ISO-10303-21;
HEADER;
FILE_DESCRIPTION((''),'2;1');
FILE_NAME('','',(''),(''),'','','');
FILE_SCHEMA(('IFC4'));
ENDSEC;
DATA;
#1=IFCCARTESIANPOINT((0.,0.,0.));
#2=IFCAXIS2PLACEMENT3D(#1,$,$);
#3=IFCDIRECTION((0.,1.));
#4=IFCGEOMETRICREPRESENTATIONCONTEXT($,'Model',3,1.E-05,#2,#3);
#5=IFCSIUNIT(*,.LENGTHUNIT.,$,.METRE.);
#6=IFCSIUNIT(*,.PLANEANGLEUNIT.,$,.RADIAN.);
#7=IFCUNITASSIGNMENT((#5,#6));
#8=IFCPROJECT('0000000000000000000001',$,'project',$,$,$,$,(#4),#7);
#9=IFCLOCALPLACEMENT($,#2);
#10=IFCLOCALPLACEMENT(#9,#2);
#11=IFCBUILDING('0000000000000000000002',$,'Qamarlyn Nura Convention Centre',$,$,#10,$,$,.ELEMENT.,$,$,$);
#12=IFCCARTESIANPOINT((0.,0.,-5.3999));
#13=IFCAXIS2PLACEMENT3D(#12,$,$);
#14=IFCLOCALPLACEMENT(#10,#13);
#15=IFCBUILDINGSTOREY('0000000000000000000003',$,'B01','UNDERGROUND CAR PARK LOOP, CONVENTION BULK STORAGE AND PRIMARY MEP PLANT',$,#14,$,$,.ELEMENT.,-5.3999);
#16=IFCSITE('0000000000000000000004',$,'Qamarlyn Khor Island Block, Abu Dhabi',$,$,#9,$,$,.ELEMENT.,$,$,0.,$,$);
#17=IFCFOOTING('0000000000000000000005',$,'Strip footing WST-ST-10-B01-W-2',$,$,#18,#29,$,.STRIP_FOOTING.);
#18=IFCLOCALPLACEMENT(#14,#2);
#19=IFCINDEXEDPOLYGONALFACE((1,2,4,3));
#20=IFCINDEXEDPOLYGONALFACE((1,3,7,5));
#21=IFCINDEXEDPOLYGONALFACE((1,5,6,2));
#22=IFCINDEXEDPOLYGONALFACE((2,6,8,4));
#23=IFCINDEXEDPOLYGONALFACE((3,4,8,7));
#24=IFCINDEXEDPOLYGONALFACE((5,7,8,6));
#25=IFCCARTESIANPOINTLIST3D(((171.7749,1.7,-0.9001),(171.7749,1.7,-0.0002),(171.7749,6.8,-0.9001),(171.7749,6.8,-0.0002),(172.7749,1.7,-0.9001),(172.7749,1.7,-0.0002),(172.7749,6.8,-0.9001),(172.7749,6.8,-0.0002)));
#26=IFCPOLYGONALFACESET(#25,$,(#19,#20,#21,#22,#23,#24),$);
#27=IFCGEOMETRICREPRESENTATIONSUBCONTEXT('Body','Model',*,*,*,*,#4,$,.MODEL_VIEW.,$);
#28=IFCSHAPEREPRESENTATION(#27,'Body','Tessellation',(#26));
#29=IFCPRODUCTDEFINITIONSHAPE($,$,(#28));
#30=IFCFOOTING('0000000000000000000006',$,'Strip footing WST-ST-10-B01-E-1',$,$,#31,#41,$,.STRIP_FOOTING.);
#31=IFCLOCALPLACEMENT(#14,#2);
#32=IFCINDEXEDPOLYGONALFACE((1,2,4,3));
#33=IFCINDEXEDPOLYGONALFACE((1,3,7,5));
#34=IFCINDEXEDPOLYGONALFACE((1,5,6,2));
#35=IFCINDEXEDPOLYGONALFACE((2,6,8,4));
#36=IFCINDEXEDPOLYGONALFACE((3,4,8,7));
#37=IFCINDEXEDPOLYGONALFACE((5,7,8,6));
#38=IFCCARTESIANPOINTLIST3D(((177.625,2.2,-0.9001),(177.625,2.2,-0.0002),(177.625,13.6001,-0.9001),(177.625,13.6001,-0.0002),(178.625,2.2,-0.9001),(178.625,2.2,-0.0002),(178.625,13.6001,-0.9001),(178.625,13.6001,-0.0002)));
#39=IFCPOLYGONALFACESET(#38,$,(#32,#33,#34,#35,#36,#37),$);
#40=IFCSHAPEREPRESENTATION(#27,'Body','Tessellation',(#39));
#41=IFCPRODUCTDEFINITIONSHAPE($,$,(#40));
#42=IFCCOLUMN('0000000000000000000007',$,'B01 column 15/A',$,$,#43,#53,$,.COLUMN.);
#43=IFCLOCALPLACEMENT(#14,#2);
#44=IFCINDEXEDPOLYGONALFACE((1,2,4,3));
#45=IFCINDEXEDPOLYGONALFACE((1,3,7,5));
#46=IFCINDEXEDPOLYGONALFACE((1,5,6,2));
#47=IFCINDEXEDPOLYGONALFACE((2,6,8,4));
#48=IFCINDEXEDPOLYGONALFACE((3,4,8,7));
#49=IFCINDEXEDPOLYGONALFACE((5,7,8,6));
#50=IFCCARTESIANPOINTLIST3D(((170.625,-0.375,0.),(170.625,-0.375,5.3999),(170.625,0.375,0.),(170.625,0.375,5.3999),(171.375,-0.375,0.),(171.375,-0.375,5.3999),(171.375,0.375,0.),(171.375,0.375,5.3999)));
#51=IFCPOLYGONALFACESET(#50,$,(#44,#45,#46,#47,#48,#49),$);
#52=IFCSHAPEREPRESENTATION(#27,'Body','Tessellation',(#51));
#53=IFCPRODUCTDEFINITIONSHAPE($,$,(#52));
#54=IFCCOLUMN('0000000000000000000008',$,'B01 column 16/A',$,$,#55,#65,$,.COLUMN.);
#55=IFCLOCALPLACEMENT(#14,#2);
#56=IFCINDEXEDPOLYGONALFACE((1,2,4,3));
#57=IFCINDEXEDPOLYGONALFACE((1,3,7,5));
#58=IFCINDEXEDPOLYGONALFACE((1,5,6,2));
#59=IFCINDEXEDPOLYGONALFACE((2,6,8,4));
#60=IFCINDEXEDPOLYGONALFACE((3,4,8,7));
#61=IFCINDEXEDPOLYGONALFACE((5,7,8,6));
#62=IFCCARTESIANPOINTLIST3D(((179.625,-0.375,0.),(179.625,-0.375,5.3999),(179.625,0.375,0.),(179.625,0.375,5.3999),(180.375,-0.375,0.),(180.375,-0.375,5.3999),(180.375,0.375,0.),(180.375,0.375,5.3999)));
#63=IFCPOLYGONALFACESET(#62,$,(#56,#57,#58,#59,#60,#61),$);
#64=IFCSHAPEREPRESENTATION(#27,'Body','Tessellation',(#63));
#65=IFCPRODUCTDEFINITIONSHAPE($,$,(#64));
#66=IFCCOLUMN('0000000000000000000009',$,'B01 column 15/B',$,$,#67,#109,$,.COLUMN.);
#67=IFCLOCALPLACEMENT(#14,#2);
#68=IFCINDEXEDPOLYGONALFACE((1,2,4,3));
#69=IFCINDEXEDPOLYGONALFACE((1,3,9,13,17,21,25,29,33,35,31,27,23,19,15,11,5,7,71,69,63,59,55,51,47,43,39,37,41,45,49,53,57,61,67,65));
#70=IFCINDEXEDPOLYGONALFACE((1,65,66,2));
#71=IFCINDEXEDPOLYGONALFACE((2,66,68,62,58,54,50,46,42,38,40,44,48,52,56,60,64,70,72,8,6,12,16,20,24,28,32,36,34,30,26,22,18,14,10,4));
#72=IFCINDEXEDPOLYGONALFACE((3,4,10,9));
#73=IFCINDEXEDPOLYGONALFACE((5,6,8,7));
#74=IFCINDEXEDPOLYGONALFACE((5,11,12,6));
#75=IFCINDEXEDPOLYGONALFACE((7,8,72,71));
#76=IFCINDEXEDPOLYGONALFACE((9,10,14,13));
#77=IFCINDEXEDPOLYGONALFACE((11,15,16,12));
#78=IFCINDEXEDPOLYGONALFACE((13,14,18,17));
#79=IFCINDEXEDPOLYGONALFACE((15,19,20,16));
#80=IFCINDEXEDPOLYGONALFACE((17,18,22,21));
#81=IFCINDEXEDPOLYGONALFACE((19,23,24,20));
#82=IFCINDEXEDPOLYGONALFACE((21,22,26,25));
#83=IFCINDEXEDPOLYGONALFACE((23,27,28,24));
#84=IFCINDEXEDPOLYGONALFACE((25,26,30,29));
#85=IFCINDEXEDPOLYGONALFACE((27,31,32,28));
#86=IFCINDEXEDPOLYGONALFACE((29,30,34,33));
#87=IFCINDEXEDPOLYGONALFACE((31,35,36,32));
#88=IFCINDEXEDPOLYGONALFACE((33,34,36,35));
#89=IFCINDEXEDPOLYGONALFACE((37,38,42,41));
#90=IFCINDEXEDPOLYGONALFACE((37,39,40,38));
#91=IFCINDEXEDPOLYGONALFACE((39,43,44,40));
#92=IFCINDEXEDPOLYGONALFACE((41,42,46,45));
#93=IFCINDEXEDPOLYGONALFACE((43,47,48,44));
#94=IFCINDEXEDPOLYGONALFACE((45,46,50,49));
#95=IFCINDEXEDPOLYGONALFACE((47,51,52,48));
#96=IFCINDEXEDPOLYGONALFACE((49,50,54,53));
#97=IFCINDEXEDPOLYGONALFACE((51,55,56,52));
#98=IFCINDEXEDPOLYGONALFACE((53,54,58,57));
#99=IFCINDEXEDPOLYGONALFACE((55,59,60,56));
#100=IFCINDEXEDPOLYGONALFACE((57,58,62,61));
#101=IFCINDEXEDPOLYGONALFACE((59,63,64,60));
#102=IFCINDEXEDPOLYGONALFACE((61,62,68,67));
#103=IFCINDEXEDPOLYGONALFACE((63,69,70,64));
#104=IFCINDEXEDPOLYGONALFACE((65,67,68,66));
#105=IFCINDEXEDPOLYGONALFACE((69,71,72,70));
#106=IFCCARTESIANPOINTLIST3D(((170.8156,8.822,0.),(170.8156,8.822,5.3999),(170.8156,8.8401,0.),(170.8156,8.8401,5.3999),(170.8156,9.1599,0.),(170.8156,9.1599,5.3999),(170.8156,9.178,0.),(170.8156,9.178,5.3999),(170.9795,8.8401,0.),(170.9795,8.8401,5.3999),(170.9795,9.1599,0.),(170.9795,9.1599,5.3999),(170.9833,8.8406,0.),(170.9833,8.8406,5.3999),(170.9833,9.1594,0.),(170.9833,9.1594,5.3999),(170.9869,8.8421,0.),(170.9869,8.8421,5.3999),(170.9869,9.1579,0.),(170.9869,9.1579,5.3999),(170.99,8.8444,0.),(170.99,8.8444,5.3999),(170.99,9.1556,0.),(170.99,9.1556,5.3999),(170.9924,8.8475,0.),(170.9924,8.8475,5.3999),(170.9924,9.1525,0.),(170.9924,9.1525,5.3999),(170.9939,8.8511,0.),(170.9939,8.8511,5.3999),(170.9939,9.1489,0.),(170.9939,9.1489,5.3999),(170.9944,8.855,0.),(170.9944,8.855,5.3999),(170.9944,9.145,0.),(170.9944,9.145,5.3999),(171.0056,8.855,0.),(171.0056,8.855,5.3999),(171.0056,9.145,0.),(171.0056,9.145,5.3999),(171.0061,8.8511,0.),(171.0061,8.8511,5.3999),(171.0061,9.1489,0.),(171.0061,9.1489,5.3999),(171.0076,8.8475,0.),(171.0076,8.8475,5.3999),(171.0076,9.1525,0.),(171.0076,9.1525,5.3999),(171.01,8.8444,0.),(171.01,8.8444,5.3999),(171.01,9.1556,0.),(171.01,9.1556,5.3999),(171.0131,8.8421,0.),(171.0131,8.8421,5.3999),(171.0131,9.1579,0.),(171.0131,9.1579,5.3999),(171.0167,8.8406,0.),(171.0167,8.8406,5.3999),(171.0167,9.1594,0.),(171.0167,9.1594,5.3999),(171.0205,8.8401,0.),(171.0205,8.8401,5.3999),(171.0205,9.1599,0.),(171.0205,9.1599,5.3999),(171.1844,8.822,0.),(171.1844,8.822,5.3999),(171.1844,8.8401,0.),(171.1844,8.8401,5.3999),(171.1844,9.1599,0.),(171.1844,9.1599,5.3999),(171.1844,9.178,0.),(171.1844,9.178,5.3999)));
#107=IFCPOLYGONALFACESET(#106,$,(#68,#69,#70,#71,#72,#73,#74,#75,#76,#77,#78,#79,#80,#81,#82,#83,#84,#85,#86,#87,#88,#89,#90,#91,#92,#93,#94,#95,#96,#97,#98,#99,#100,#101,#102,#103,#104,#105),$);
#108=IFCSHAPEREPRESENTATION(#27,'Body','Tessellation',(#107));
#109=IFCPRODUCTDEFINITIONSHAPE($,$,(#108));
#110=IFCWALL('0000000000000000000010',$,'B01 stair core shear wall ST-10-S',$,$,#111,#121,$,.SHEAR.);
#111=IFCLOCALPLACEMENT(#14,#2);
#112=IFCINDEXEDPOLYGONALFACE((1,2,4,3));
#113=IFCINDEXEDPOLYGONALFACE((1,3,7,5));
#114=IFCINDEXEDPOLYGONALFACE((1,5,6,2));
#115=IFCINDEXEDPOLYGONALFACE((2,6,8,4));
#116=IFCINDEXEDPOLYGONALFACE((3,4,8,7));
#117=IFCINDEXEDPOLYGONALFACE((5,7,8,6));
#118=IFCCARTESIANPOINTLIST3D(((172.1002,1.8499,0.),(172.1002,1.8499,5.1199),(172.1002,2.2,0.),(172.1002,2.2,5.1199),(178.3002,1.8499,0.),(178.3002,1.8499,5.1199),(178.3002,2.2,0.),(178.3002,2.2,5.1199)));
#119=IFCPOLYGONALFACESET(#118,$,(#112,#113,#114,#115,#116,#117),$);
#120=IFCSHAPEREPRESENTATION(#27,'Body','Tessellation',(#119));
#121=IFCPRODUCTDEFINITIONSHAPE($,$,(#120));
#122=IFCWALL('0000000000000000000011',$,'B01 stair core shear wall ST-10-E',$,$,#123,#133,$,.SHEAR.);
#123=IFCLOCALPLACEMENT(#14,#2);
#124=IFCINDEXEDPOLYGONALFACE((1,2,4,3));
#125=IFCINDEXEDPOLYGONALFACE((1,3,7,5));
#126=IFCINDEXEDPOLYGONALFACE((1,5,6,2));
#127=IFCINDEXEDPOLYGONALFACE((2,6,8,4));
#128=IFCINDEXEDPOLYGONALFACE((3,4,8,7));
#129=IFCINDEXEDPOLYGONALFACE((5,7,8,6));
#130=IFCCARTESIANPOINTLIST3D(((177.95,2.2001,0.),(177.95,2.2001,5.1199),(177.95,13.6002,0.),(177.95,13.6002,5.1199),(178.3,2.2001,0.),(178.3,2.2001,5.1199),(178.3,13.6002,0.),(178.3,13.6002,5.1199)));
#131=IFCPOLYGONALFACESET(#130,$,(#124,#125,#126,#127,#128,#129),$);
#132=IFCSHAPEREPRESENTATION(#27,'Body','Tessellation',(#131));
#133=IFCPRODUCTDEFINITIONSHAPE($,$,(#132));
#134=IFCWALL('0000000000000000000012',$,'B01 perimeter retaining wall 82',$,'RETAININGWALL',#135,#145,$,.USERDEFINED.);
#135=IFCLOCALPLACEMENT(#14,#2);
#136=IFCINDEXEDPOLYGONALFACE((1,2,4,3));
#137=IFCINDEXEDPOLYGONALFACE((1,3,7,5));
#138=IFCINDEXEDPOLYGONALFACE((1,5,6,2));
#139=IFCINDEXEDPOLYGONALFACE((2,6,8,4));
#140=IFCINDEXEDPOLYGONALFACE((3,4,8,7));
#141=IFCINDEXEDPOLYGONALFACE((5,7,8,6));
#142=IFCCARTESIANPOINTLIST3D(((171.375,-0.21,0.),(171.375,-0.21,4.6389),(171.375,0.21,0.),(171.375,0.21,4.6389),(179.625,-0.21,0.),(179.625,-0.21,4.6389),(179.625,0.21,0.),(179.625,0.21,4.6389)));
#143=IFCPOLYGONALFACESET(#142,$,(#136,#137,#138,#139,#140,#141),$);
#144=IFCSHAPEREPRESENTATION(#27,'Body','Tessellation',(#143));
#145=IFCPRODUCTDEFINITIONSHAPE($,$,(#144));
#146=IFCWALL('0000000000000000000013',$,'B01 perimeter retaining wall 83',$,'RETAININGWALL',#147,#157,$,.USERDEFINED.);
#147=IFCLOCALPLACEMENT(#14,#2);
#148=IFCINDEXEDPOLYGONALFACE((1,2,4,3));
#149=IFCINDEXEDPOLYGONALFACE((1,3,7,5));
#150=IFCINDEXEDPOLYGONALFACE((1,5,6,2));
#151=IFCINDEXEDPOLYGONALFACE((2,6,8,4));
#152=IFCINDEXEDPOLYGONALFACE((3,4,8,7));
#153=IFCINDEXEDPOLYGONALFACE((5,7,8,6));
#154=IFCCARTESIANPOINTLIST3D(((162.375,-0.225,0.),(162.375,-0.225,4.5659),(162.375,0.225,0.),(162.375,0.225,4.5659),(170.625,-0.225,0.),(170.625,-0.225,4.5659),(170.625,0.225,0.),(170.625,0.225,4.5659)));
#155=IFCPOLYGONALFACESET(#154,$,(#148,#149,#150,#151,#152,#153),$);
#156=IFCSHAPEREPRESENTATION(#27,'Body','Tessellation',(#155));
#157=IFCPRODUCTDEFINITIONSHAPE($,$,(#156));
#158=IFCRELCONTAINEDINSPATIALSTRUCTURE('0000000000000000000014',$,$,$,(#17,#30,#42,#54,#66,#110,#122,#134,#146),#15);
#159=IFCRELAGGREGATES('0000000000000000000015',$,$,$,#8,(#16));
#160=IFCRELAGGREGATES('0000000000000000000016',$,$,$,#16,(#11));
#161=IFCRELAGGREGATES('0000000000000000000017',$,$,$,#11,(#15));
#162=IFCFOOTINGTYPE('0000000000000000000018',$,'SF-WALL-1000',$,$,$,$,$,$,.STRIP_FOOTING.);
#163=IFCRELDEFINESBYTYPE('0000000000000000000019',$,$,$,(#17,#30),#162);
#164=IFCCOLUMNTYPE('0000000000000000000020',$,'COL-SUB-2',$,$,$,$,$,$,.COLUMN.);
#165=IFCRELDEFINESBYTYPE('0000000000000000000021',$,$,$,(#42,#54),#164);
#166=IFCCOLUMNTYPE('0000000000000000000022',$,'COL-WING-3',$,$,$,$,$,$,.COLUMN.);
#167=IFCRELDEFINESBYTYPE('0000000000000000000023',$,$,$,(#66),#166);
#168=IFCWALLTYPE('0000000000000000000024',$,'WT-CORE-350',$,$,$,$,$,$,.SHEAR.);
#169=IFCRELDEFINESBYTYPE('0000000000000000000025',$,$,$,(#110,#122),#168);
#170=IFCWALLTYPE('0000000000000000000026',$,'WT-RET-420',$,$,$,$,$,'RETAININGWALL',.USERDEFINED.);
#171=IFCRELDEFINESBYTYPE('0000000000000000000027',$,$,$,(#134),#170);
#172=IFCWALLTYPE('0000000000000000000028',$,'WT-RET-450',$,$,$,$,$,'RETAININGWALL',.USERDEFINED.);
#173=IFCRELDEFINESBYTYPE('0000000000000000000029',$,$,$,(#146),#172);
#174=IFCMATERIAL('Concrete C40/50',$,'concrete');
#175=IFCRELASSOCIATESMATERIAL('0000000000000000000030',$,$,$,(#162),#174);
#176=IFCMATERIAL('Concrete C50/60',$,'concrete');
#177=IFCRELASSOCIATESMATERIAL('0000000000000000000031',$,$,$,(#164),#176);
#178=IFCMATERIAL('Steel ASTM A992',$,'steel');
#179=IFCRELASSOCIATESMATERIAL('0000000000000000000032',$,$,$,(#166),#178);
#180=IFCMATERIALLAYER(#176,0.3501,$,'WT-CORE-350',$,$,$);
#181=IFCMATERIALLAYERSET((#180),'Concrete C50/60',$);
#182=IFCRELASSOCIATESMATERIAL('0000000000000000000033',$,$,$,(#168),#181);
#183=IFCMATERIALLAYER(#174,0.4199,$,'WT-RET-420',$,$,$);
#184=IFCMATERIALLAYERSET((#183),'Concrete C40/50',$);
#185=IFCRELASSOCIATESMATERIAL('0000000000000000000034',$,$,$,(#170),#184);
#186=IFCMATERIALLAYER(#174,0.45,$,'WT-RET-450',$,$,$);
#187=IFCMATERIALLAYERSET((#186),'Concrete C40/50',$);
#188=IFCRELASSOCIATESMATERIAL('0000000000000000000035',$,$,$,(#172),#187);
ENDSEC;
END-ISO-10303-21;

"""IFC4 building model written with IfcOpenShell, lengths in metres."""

from ifc_helpers import new_model, si_unit, direction, frame, frame_2d, origin, origin_2d, place, context, subcontext, project, spatial, rectangle, i_section, extrude, material, layer, layer_set, material_profile, profile_set, type_object, element, save


model = new_model("IFC4")

# Units and contexts
model_context = context("Model", 3, precision=1e-05, world=origin(), true_north=direction((0.0, 1.0)))
body_context = subcontext(model_context, "Body", "Model", "MODEL_VIEW")
ifc_project = project(units=[si_unit("LENGTHUNIT", "METRE"), si_unit("PLANEANGLEUNIT", "RADIAN")], contexts=[model_context])

# Site, building, storey
site_placement = place(None, origin())
site = spatial("IfcSite", under=ifc_project, at=site_placement, Name="Qamarlyn Khor Island Block, Abu Dhabi", CompositionType="ELEMENT", RefElevation=0.0)
building_placement = place(site_placement, origin())
building = spatial("IfcBuilding", under=site, at=building_placement, Name="Qamarlyn Nura Convention Centre", CompositionType="ELEMENT")
storey_placement = place(building_placement, frame((0.0, 0.0, -5.3999)))
storey = spatial("IfcBuildingStorey", under=building, at=storey_placement, Name="B01", Description="UNDERGROUND CAR PARK LOOP, CONVENTION BULK STORAGE AND PRIMARY MEP PLANT", CompositionType="ELEMENT", Elevation=-5.3999)

# Shared definitions
ifc_material_1 = material(Name="Concrete C40/50", Category="concrete")

# Footings
ifc_material_profile_1 = material_profile(ifc_material_1, rectangle(XDim=1.0, YDim=0.8999, at=origin_2d()), Name="RC STRIP 1000x900")
ifc_profile_set_1 = profile_set([ifc_material_profile_1], Name="Concrete C40/50")
footing_type_1 = type_object("IfcFootingType", Name="SF-WALL-1000", PredefinedType="STRIP_FOOTING", material=ifc_profile_set_1)
footing_1_placement = place(storey_placement, frame((172.2749, 6.8, -0.4502), z_axis=(0.0, -1.0, 0.0), x_axis=(1.0, 0.0, 0.0)))
element("IfcFooting", 1, at=footing_1_placement, inside=storey, type_object=footing_type_1, Name="Strip footing WST-ST-10-B01-W-2", PredefinedType="STRIP_FOOTING", context=body_context, shape_type="SweptSolid", body=[
    extrude(rectangle(XDim=1.0, YDim=0.8999, at=origin_2d()), origin(), (0.0, 0.0, 1.0), 5.1001),
])
footing_2_placement = place(storey_placement, frame((178.125, 2.2, -0.4502), z_axis=(0.0, 1.0, 0.0), x_axis=(-1.0, 0.0, 0.0)))
element("IfcFooting", 2, at=footing_2_placement, inside=storey, type_object=footing_type_1, Name="Strip footing WST-ST-10-B01-E-1", PredefinedType="STRIP_FOOTING", context=body_context, shape_type="SweptSolid", body=[
    extrude(rectangle(XDim=1.0, YDim=0.8999, at=origin_2d()), origin(), (0.0, 0.0, 1.0), 11.4001),
])

# Columns
ifc_material_2 = material(Name="Concrete C50/60", Category="concrete")
ifc_material_profile_2 = material_profile(ifc_material_2, rectangle(XDim=0.75, YDim=0.75, at=origin_2d()), Name="RC 750x750")
ifc_profile_set_2 = profile_set([ifc_material_profile_2], Name="Concrete C50/60")
column_type_1 = type_object("IfcColumnType", Name="COL-SUB-2", PredefinedType="COLUMN", material=ifc_profile_set_2)
for number, where, z_axis, x_axis, name in (
    (3, (171.0, 0.0, 0.0), (0.0, 0.0, 1.0), (1.0, 0.0, 0.0), "B01 column 15/A"),
    (4, (180.0, 0.0, 0.0), (0.0, 0.0, 1.0), (1.0, 0.0, 0.0), "B01 column 16/A"),
):
    element("IfcColumn", number, at=place(storey_placement, frame(where, z_axis=z_axis, x_axis=x_axis)), inside=storey, type_object=column_type_1, Name=name, PredefinedType="COLUMN", context=body_context, shape_type="SweptSolid", body=[
        extrude(rectangle(XDim=0.75, YDim=0.75, at=origin_2d()), origin(), (0.0, 0.0, 1.0), 5.3999),
    ])
ifc_material_3 = material(Name="Steel ASTM A992", Category="steel")
ifc_material_profile_3 = material_profile(ifc_material_3, i_section(OverallWidth=0.3689, OverallDepth=0.356, WebThickness=0.0112, FlangeThickness=0.0181, FilletRadius=0.0149, at=origin_2d()), Name="W360X134")
ifc_profile_set_3 = profile_set([ifc_material_profile_3], Name="Steel ASTM A992")
column_type_2 = type_object("IfcColumnType", Name="COL-WING-3", PredefinedType="COLUMN", material=ifc_profile_set_3)
column_placement = place(storey_placement, frame((171.0, 9.0, 0.0), z_axis=(0.0, 0.0, 1.0), x_axis=(1.0, 0.0, 0.0)))
element("IfcColumn", 5, at=column_placement, inside=storey, type_object=column_type_2, Name="B01 column 15/B", PredefinedType="COLUMN", context=body_context, shape_type="SweptSolid", body=[
    extrude(i_section(OverallWidth=0.3689, OverallDepth=0.356, WebThickness=0.0112, FlangeThickness=0.0181, FilletRadius=0.0149, at=origin_2d()), origin(), (0.0, 0.0, 1.0), 5.3999),
])

# Walls
ifc_layer_1 = layer(ifc_material_2, 0.3501, Name="WT-CORE-350")
ifc_layer_set_1 = layer_set([ifc_layer_1], Name="Concrete C50/60")
wall_type_1 = type_object("IfcWallType", Name="WT-CORE-350", PredefinedType="SHEAR", material=ifc_layer_set_1)
wall_1_placement = place(storey_placement, frame((172.1001, 2.0249, 0.0), z_axis=(0.0, 0.0, 1.0), x_axis=(1.0, 0.0, 0.0)))
element("IfcWall", 6, at=wall_1_placement, inside=storey, type_object=wall_type_1, Name="B01 stair core shear wall ST-10-S", PredefinedType="SHEAR", context=body_context, shape_type="SweptSolid", body=[
    extrude(rectangle(XDim=6.2, YDim=0.3501, at=frame_2d((3.1001, 0.0))), origin(), (0.0, 0.0, 1.0), 5.1199),
])
wall_2_placement = place(storey_placement, frame((178.125, 2.2, 0.0), z_axis=(0.0, 0.0, 1.0), x_axis=(0.0, 1.0, 0.0)))
element("IfcWall", 7, at=wall_2_placement, inside=storey, type_object=wall_type_1, Name="B01 stair core shear wall ST-10-E", PredefinedType="SHEAR", context=body_context, shape_type="SweptSolid", body=[
    extrude(rectangle(XDim=11.4001, YDim=0.3501, at=frame_2d((5.7002, 0.0))), origin(), (0.0, 0.0, 1.0), 5.1199),
])
ifc_layer_2 = layer(ifc_material_1, 0.4199, Name="WT-RET-420")
ifc_layer_set_2 = layer_set([ifc_layer_2], Name="Concrete C40/50")
wall_type_2 = type_object("IfcWallType", Name="WT-RET-420", ElementType="RETAININGWALL", PredefinedType="USERDEFINED", material=ifc_layer_set_2)
wall_3_placement = place(storey_placement, frame((179.625, 0.0, 0.0), z_axis=(0.0, 0.0, 1.0), x_axis=(-1.0, 0.0, 0.0)))
element("IfcWall", 8, at=wall_3_placement, inside=storey, type_object=wall_type_2, Name="B01 perimeter retaining wall 82", ObjectType="RETAININGWALL", PredefinedType="USERDEFINED", context=body_context, shape_type="SweptSolid", body=[
    extrude(rectangle(XDim=8.25, YDim=0.4199, at=frame_2d((4.125, 0.0))), origin(), (0.0, 0.0, 1.0), 4.6389),
])
ifc_layer_3 = layer(ifc_material_1, 0.45, Name="WT-RET-450")
ifc_layer_set_3 = layer_set([ifc_layer_3], Name="Concrete C40/50")
wall_type_3 = type_object("IfcWallType", Name="WT-RET-450", ElementType="RETAININGWALL", PredefinedType="USERDEFINED", material=ifc_layer_set_3)
wall_4_placement = place(storey_placement, frame((170.625, 0.0, 0.0), z_axis=(0.0, 0.0, 1.0), x_axis=(-1.0, 0.0, 0.0)))
element("IfcWall", 9, at=wall_4_placement, inside=storey, type_object=wall_type_3, Name="B01 perimeter retaining wall 83", ObjectType="RETAININGWALL", PredefinedType="USERDEFINED", context=body_context, shape_type="SweptSolid", body=[
    extrude(rectangle(XDim=8.25, YDim=0.45, at=frame_2d((4.125, 0.0))), origin(), (0.0, 0.0, 1.0), 4.5659),
])

save(model, "model.ifc")
